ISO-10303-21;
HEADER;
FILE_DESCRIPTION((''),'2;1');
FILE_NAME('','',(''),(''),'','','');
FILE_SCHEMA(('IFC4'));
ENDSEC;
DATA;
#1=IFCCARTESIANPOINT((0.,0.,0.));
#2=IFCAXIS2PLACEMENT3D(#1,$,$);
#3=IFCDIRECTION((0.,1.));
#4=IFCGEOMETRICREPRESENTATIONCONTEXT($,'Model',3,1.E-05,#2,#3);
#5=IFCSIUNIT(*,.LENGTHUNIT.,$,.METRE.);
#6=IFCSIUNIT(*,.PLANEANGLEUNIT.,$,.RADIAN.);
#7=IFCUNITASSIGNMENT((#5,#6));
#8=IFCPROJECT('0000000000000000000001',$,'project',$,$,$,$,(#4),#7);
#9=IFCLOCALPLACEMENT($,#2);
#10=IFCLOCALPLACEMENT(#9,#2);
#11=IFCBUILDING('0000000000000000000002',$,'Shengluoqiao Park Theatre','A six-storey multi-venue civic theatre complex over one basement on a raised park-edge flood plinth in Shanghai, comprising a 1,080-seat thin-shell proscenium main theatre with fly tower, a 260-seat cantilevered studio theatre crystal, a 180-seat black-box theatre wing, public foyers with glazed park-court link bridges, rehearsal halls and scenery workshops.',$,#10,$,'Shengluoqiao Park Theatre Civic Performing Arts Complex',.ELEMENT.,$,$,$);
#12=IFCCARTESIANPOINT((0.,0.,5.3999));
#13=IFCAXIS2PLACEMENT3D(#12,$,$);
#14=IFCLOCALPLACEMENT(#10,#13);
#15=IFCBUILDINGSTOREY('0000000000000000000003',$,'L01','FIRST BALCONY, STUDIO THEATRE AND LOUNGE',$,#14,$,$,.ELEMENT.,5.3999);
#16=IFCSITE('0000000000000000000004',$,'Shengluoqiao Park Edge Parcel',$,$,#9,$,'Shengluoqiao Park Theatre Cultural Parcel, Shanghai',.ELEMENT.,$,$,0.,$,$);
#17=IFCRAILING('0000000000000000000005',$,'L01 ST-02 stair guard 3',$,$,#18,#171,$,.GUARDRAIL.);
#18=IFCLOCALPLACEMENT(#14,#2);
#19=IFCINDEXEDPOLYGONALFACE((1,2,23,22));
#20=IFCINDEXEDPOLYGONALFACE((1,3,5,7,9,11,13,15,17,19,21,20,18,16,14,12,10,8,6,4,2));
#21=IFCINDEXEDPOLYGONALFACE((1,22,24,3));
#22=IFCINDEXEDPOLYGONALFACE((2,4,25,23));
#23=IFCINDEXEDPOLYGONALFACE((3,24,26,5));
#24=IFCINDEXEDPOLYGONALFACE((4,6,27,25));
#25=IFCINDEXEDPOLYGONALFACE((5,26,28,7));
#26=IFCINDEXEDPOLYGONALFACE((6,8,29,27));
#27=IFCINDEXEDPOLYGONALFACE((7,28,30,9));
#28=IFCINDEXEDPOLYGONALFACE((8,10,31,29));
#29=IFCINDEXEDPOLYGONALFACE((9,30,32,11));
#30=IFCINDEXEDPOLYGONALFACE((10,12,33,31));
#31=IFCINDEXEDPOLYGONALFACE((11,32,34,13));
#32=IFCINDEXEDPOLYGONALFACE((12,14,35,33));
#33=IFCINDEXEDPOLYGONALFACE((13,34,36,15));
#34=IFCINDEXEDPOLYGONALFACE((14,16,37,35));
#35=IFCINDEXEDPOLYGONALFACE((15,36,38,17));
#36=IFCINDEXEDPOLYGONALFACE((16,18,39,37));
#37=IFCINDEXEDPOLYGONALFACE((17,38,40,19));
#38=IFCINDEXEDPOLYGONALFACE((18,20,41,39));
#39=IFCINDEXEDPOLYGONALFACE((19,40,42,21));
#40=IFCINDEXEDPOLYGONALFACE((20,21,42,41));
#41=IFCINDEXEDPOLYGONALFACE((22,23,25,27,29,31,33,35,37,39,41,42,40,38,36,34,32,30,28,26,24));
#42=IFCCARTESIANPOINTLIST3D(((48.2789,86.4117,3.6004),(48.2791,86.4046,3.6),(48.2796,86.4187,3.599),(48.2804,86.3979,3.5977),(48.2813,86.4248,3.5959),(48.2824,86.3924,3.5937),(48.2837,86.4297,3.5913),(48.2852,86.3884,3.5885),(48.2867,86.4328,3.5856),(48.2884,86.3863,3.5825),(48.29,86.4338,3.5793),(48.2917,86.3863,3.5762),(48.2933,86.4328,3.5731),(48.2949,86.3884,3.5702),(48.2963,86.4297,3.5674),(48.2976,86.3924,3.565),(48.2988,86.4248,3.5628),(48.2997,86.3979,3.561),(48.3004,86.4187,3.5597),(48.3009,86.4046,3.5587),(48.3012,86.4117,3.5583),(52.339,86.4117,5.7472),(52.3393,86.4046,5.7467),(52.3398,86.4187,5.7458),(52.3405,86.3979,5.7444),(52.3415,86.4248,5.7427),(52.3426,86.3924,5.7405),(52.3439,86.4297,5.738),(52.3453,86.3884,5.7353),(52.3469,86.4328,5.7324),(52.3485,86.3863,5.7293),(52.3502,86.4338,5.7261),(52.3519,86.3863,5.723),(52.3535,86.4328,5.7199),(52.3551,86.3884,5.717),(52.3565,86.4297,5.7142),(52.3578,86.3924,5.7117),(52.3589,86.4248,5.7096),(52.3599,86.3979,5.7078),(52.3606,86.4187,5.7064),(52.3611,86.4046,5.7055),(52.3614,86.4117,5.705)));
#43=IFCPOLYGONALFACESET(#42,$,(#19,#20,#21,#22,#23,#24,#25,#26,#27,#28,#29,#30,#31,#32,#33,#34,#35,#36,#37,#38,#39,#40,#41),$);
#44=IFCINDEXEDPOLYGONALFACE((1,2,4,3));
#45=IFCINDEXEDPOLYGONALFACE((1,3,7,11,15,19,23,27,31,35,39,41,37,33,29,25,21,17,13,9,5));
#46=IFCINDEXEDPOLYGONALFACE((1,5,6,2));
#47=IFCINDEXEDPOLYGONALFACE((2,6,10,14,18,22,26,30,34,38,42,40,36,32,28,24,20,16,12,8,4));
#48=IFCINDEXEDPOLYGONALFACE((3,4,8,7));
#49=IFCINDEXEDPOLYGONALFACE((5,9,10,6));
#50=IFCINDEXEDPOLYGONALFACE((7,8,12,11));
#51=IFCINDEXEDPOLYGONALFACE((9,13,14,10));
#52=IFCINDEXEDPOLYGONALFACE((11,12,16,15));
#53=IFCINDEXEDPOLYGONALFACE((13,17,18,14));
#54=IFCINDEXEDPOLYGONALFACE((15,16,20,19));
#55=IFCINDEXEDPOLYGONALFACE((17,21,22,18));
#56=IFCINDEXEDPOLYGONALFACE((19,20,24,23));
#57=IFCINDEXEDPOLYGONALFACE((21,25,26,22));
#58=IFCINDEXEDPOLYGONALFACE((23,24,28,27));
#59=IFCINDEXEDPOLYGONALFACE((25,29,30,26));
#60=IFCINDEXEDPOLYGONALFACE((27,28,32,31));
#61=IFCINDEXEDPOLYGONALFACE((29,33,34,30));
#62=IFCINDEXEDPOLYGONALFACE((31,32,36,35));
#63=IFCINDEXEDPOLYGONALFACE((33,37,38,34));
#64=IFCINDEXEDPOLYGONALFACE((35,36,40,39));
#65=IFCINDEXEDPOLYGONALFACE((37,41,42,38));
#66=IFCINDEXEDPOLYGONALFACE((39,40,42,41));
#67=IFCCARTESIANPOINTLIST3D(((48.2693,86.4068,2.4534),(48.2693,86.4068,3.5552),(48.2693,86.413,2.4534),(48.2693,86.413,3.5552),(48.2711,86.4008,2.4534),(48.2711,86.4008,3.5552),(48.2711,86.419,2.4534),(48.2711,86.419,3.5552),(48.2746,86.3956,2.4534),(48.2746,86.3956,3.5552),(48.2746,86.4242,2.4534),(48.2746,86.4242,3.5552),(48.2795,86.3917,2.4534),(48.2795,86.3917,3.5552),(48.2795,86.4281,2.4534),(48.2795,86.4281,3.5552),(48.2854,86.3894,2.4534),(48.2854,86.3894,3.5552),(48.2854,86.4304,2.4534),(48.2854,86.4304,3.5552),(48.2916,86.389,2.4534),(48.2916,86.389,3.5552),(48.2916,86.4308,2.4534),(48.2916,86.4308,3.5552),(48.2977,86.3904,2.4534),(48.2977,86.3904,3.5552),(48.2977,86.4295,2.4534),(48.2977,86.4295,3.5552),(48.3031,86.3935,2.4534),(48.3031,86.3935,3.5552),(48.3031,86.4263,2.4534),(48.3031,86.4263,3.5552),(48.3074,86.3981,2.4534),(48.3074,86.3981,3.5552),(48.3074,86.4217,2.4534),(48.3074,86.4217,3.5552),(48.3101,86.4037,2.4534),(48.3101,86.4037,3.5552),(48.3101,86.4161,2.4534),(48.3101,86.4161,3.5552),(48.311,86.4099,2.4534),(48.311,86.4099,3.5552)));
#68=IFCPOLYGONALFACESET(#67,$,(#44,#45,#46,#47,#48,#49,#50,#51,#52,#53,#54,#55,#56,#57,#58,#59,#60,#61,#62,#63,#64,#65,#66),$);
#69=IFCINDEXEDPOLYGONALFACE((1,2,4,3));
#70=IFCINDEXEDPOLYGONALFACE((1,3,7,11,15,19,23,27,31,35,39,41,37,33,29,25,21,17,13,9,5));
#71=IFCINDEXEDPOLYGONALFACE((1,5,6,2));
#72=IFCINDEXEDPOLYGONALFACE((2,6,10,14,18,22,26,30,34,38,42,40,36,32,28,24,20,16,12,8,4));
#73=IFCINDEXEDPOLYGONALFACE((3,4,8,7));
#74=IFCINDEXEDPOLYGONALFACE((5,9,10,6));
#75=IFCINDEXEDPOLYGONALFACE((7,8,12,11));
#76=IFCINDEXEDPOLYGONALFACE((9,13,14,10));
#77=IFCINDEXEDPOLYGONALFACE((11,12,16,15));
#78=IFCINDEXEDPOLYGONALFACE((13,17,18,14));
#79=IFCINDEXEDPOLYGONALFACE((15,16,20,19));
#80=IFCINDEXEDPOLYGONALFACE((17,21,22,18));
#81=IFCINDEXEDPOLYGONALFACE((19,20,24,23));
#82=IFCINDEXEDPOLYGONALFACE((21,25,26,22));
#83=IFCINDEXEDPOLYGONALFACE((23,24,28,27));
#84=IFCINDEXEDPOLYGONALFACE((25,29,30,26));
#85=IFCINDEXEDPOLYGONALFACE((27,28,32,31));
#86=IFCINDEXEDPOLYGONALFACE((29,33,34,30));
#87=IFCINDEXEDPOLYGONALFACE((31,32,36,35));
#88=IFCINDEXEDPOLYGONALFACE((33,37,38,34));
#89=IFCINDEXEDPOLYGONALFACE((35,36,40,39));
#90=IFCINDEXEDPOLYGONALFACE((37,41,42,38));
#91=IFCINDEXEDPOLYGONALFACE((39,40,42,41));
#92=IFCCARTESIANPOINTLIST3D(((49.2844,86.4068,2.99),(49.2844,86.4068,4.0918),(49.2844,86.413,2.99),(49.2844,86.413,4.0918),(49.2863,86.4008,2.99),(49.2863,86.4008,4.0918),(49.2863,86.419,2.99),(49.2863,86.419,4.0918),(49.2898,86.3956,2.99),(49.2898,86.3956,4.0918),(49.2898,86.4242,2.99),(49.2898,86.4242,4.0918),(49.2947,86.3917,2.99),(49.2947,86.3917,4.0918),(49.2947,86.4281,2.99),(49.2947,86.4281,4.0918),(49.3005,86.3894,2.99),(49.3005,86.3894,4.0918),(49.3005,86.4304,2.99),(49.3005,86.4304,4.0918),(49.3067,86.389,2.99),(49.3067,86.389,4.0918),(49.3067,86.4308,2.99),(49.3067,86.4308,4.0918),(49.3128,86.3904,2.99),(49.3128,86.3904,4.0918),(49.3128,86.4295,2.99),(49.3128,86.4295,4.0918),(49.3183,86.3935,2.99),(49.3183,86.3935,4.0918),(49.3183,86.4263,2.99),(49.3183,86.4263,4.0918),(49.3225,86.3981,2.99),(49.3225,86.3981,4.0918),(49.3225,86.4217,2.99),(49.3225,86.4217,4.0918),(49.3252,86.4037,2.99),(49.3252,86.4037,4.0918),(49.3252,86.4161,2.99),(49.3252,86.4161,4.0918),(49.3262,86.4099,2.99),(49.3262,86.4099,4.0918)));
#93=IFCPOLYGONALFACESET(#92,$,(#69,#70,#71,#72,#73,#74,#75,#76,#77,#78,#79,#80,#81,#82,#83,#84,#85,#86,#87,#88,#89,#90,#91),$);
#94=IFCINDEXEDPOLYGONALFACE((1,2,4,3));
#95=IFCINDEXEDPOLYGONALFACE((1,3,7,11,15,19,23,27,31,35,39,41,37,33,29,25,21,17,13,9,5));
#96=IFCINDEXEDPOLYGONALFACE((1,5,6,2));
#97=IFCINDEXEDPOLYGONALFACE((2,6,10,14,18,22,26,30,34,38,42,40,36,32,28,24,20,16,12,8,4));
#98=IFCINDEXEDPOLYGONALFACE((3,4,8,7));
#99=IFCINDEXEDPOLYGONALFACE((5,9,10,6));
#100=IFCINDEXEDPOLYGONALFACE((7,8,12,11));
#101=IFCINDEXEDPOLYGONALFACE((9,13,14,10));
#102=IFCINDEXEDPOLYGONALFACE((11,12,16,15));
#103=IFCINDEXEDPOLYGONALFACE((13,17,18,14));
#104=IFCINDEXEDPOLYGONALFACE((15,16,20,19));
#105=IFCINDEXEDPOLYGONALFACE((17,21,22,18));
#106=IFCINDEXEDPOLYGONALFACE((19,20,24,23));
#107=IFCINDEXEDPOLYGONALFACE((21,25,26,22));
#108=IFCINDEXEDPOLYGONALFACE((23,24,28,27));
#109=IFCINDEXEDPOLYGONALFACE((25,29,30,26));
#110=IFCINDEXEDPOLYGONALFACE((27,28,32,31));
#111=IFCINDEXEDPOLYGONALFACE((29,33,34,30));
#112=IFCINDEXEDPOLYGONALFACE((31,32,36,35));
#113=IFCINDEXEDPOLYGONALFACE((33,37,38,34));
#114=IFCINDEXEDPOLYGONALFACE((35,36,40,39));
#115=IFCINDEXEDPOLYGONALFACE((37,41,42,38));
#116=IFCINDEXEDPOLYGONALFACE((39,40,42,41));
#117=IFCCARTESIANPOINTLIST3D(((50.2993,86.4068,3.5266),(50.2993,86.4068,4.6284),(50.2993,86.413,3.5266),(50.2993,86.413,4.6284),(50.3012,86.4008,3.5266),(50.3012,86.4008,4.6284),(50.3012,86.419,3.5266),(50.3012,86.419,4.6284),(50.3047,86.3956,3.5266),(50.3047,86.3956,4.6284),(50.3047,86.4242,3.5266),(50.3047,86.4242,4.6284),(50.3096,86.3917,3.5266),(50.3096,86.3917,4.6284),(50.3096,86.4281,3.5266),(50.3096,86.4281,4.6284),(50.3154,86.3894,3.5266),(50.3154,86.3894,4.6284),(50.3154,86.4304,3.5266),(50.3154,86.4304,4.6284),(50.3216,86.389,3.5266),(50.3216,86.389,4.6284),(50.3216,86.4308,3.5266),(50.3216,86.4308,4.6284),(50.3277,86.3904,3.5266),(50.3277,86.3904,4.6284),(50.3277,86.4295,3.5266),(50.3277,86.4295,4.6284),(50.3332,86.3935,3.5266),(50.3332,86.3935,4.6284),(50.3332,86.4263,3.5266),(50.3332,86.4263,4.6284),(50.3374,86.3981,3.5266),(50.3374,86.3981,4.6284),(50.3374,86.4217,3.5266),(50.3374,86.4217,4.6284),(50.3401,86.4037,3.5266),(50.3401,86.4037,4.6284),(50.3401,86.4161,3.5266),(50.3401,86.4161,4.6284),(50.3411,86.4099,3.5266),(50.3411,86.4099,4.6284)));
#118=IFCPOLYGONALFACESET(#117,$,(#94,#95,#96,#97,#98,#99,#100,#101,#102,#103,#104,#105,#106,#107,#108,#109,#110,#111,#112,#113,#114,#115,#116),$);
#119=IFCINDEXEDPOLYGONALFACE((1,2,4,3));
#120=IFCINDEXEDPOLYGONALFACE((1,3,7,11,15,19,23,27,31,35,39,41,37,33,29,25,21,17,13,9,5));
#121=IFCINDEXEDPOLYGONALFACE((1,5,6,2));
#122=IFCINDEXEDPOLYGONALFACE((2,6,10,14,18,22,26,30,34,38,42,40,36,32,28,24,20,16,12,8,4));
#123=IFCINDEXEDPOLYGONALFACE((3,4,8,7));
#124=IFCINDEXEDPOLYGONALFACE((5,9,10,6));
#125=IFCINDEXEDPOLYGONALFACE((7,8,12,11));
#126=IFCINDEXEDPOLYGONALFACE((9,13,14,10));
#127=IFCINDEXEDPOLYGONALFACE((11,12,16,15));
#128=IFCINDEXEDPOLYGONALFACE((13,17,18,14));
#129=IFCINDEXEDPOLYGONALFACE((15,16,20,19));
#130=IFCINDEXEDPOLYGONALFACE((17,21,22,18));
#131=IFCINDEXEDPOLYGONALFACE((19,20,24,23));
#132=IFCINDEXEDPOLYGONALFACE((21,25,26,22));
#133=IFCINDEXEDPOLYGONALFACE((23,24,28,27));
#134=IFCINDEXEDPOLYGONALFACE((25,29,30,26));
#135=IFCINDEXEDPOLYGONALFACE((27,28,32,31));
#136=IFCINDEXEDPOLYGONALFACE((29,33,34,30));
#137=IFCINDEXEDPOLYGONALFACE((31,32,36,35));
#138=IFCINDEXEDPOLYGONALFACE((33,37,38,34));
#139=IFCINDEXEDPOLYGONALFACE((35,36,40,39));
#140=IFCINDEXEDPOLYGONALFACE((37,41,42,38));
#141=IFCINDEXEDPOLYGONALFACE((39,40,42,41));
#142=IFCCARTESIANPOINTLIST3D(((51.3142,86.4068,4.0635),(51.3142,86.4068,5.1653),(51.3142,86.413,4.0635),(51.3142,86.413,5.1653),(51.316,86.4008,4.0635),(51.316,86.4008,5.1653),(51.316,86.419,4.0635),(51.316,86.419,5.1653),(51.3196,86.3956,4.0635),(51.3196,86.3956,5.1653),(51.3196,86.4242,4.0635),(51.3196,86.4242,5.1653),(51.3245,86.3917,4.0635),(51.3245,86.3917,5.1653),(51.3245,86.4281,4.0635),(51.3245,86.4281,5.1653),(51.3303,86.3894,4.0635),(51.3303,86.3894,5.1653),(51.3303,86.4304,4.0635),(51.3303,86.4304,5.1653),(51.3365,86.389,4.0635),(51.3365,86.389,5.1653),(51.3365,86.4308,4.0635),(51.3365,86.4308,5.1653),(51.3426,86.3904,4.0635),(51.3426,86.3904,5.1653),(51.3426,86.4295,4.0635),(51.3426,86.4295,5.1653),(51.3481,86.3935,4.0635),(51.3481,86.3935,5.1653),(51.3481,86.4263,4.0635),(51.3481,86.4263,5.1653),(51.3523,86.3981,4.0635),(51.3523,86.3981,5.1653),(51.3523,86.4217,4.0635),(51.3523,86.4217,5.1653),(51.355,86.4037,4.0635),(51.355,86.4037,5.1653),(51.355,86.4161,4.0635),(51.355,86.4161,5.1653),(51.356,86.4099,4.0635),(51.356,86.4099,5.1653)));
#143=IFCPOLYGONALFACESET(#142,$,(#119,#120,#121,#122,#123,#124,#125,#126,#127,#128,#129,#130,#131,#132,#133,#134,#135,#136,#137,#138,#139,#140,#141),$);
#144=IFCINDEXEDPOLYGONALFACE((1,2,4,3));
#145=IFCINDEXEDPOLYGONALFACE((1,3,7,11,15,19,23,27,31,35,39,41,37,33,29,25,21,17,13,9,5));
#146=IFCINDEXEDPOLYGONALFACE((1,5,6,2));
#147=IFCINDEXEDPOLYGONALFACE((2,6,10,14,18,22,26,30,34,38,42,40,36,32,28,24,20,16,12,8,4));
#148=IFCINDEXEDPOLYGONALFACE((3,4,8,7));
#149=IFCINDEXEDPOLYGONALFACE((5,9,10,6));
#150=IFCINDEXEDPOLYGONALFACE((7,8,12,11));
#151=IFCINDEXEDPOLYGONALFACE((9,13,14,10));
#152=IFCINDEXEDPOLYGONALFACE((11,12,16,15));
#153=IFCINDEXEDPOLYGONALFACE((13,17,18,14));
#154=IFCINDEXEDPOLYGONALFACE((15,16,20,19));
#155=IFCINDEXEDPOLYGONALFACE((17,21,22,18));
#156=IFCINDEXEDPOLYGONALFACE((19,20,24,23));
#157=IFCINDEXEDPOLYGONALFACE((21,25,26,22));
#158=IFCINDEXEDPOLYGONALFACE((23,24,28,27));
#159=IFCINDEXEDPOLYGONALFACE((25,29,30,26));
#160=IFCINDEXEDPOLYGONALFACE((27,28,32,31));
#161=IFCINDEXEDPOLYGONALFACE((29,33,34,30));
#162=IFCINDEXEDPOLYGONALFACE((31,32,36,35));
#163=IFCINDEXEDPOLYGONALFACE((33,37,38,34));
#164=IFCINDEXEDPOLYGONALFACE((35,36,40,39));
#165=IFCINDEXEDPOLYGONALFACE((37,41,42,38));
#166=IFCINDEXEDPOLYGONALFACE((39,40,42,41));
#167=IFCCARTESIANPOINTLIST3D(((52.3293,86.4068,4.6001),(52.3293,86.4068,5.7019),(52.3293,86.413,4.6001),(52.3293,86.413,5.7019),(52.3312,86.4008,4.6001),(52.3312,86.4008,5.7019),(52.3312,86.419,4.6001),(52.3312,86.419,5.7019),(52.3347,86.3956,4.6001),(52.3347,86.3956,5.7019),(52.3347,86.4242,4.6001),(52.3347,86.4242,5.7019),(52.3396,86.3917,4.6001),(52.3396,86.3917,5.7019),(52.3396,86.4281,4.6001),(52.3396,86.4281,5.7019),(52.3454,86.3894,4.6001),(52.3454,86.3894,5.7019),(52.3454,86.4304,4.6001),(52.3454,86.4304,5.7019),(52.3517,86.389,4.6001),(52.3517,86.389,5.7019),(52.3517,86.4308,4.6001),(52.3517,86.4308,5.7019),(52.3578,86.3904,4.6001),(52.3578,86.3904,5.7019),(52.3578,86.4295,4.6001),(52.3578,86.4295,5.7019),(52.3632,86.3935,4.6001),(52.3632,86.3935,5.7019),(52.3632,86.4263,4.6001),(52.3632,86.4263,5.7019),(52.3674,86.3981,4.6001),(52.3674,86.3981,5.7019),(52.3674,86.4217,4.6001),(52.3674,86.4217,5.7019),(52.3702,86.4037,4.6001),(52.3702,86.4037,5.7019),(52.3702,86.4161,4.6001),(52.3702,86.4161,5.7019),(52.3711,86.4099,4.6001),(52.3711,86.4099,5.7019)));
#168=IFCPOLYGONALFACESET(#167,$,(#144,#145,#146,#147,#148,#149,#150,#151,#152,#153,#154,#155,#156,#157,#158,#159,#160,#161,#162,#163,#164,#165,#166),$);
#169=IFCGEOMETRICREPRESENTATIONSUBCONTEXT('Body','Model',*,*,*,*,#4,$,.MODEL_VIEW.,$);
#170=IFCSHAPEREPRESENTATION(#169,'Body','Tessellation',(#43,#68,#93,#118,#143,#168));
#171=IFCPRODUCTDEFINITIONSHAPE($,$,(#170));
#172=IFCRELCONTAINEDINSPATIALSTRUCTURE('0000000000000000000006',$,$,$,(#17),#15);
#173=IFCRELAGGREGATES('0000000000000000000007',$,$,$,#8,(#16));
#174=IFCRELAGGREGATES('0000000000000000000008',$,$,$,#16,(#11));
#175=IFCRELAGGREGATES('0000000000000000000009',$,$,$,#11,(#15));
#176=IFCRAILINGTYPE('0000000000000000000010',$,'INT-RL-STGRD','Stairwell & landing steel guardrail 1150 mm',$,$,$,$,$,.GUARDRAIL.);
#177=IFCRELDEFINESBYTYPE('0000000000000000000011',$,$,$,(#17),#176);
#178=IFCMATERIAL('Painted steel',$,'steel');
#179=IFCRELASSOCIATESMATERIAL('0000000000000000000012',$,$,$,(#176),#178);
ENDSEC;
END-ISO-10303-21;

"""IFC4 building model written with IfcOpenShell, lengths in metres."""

from ifc_helpers import new_model, si_unit, direction, frame, origin, origin_2d, place, context, subcontext, project, spatial, circle, extrude, material, type_object, element, save


model = new_model("IFC4")

# Units and contexts
model_context = context("Model", 3, precision=1e-05, world=origin(), true_north=direction((0.0, 1.0)))
body_context = subcontext(model_context, "Body", "Model", "MODEL_VIEW")
ifc_project = project(units=[si_unit("LENGTHUNIT", "METRE"), si_unit("PLANEANGLEUNIT", "RADIAN")], contexts=[model_context])

# Site, building, storey
site_placement = place(None, origin())
site = spatial("IfcSite", under=ifc_project, at=site_placement, Name="Shengluoqiao Park Edge Parcel", LongName="Shengluoqiao Park Theatre Cultural Parcel, Shanghai", CompositionType="ELEMENT", RefElevation=0.0)
building_placement = place(site_placement, origin())
building = spatial("IfcBuilding", under=site, at=building_placement, Name="Shengluoqiao Park Theatre", Description="A six-storey multi-venue civic theatre complex over one basement on a raised park-edge flood plinth in Shanghai, comprising a 1,080-seat thin-shell proscenium main theatre with fly tower, a 260-seat cantilevered studio theatre crystal, a 180-seat black-box theatre wing, public foyers with glazed park-court link bridges, rehearsal halls and scenery workshops.", LongName="Shengluoqiao Park Theatre Civic Performing Arts Complex", CompositionType="ELEMENT")
storey_placement = place(building_placement, frame((0.0, 0.0, 5.3999)))
storey = spatial("IfcBuildingStorey", under=building, at=storey_placement, Name="L01", Description="FIRST BALCONY, STUDIO THEATRE AND LOUNGE", CompositionType="ELEMENT", Elevation=5.3999)

# Railing
ifc_material_1 = material(Name="Painted steel", Category="steel")
railing_type_1 = type_object("IfcRailingType", Name="INT-RL-STGRD", Description="Stairwell & landing steel guardrail 1150 mm", PredefinedType="GUARDRAIL", material=ifc_material_1)
railing_1_placement = place(storey_placement, frame((48.29, 86.4099, 2.4534)))
element("IfcRailing", 1, at=railing_1_placement, inside=storey, type_object=railing_type_1, Name="L01 ST-02 stair guard 3", PredefinedType="GUARDRAIL", context=body_context, shape_type="SweptSolid", body=[
    extrude(circle(Radius=0.0239, at=origin_2d()), frame((0.0, 0.0, 1.126), z_axis=(0.884032, 0.0, 0.467426), x_axis=(0.0, 1.0, 0.0)), (0.0, 0.0, 1.0), 4.5928),
    extrude(circle(Radius=0.021, at=origin_2d()), origin(), (0.0, 0.0, 1.0), 1.1018),
    extrude(circle(Radius=0.021, at=origin_2d()), frame((1.0151, 0.0, 0.5366)), (0.0, 0.0, 1.0), 1.1018),
    extrude(circle(Radius=0.021, at=origin_2d()), frame((2.03, 0.0, 1.0732)), (0.0, 0.0, 1.0), 1.1018),
    extrude(circle(Radius=0.021, at=origin_2d()), frame((3.0449, 0.0, 1.6101)), (0.0, 0.0, 1.0), 1.1018),
    extrude(circle(Radius=0.021, at=origin_2d()), frame((4.0601, 0.0, 2.1467)), (0.0, 0.0, 1.0), 1.1018),
])

save(model, "model.ifc")
